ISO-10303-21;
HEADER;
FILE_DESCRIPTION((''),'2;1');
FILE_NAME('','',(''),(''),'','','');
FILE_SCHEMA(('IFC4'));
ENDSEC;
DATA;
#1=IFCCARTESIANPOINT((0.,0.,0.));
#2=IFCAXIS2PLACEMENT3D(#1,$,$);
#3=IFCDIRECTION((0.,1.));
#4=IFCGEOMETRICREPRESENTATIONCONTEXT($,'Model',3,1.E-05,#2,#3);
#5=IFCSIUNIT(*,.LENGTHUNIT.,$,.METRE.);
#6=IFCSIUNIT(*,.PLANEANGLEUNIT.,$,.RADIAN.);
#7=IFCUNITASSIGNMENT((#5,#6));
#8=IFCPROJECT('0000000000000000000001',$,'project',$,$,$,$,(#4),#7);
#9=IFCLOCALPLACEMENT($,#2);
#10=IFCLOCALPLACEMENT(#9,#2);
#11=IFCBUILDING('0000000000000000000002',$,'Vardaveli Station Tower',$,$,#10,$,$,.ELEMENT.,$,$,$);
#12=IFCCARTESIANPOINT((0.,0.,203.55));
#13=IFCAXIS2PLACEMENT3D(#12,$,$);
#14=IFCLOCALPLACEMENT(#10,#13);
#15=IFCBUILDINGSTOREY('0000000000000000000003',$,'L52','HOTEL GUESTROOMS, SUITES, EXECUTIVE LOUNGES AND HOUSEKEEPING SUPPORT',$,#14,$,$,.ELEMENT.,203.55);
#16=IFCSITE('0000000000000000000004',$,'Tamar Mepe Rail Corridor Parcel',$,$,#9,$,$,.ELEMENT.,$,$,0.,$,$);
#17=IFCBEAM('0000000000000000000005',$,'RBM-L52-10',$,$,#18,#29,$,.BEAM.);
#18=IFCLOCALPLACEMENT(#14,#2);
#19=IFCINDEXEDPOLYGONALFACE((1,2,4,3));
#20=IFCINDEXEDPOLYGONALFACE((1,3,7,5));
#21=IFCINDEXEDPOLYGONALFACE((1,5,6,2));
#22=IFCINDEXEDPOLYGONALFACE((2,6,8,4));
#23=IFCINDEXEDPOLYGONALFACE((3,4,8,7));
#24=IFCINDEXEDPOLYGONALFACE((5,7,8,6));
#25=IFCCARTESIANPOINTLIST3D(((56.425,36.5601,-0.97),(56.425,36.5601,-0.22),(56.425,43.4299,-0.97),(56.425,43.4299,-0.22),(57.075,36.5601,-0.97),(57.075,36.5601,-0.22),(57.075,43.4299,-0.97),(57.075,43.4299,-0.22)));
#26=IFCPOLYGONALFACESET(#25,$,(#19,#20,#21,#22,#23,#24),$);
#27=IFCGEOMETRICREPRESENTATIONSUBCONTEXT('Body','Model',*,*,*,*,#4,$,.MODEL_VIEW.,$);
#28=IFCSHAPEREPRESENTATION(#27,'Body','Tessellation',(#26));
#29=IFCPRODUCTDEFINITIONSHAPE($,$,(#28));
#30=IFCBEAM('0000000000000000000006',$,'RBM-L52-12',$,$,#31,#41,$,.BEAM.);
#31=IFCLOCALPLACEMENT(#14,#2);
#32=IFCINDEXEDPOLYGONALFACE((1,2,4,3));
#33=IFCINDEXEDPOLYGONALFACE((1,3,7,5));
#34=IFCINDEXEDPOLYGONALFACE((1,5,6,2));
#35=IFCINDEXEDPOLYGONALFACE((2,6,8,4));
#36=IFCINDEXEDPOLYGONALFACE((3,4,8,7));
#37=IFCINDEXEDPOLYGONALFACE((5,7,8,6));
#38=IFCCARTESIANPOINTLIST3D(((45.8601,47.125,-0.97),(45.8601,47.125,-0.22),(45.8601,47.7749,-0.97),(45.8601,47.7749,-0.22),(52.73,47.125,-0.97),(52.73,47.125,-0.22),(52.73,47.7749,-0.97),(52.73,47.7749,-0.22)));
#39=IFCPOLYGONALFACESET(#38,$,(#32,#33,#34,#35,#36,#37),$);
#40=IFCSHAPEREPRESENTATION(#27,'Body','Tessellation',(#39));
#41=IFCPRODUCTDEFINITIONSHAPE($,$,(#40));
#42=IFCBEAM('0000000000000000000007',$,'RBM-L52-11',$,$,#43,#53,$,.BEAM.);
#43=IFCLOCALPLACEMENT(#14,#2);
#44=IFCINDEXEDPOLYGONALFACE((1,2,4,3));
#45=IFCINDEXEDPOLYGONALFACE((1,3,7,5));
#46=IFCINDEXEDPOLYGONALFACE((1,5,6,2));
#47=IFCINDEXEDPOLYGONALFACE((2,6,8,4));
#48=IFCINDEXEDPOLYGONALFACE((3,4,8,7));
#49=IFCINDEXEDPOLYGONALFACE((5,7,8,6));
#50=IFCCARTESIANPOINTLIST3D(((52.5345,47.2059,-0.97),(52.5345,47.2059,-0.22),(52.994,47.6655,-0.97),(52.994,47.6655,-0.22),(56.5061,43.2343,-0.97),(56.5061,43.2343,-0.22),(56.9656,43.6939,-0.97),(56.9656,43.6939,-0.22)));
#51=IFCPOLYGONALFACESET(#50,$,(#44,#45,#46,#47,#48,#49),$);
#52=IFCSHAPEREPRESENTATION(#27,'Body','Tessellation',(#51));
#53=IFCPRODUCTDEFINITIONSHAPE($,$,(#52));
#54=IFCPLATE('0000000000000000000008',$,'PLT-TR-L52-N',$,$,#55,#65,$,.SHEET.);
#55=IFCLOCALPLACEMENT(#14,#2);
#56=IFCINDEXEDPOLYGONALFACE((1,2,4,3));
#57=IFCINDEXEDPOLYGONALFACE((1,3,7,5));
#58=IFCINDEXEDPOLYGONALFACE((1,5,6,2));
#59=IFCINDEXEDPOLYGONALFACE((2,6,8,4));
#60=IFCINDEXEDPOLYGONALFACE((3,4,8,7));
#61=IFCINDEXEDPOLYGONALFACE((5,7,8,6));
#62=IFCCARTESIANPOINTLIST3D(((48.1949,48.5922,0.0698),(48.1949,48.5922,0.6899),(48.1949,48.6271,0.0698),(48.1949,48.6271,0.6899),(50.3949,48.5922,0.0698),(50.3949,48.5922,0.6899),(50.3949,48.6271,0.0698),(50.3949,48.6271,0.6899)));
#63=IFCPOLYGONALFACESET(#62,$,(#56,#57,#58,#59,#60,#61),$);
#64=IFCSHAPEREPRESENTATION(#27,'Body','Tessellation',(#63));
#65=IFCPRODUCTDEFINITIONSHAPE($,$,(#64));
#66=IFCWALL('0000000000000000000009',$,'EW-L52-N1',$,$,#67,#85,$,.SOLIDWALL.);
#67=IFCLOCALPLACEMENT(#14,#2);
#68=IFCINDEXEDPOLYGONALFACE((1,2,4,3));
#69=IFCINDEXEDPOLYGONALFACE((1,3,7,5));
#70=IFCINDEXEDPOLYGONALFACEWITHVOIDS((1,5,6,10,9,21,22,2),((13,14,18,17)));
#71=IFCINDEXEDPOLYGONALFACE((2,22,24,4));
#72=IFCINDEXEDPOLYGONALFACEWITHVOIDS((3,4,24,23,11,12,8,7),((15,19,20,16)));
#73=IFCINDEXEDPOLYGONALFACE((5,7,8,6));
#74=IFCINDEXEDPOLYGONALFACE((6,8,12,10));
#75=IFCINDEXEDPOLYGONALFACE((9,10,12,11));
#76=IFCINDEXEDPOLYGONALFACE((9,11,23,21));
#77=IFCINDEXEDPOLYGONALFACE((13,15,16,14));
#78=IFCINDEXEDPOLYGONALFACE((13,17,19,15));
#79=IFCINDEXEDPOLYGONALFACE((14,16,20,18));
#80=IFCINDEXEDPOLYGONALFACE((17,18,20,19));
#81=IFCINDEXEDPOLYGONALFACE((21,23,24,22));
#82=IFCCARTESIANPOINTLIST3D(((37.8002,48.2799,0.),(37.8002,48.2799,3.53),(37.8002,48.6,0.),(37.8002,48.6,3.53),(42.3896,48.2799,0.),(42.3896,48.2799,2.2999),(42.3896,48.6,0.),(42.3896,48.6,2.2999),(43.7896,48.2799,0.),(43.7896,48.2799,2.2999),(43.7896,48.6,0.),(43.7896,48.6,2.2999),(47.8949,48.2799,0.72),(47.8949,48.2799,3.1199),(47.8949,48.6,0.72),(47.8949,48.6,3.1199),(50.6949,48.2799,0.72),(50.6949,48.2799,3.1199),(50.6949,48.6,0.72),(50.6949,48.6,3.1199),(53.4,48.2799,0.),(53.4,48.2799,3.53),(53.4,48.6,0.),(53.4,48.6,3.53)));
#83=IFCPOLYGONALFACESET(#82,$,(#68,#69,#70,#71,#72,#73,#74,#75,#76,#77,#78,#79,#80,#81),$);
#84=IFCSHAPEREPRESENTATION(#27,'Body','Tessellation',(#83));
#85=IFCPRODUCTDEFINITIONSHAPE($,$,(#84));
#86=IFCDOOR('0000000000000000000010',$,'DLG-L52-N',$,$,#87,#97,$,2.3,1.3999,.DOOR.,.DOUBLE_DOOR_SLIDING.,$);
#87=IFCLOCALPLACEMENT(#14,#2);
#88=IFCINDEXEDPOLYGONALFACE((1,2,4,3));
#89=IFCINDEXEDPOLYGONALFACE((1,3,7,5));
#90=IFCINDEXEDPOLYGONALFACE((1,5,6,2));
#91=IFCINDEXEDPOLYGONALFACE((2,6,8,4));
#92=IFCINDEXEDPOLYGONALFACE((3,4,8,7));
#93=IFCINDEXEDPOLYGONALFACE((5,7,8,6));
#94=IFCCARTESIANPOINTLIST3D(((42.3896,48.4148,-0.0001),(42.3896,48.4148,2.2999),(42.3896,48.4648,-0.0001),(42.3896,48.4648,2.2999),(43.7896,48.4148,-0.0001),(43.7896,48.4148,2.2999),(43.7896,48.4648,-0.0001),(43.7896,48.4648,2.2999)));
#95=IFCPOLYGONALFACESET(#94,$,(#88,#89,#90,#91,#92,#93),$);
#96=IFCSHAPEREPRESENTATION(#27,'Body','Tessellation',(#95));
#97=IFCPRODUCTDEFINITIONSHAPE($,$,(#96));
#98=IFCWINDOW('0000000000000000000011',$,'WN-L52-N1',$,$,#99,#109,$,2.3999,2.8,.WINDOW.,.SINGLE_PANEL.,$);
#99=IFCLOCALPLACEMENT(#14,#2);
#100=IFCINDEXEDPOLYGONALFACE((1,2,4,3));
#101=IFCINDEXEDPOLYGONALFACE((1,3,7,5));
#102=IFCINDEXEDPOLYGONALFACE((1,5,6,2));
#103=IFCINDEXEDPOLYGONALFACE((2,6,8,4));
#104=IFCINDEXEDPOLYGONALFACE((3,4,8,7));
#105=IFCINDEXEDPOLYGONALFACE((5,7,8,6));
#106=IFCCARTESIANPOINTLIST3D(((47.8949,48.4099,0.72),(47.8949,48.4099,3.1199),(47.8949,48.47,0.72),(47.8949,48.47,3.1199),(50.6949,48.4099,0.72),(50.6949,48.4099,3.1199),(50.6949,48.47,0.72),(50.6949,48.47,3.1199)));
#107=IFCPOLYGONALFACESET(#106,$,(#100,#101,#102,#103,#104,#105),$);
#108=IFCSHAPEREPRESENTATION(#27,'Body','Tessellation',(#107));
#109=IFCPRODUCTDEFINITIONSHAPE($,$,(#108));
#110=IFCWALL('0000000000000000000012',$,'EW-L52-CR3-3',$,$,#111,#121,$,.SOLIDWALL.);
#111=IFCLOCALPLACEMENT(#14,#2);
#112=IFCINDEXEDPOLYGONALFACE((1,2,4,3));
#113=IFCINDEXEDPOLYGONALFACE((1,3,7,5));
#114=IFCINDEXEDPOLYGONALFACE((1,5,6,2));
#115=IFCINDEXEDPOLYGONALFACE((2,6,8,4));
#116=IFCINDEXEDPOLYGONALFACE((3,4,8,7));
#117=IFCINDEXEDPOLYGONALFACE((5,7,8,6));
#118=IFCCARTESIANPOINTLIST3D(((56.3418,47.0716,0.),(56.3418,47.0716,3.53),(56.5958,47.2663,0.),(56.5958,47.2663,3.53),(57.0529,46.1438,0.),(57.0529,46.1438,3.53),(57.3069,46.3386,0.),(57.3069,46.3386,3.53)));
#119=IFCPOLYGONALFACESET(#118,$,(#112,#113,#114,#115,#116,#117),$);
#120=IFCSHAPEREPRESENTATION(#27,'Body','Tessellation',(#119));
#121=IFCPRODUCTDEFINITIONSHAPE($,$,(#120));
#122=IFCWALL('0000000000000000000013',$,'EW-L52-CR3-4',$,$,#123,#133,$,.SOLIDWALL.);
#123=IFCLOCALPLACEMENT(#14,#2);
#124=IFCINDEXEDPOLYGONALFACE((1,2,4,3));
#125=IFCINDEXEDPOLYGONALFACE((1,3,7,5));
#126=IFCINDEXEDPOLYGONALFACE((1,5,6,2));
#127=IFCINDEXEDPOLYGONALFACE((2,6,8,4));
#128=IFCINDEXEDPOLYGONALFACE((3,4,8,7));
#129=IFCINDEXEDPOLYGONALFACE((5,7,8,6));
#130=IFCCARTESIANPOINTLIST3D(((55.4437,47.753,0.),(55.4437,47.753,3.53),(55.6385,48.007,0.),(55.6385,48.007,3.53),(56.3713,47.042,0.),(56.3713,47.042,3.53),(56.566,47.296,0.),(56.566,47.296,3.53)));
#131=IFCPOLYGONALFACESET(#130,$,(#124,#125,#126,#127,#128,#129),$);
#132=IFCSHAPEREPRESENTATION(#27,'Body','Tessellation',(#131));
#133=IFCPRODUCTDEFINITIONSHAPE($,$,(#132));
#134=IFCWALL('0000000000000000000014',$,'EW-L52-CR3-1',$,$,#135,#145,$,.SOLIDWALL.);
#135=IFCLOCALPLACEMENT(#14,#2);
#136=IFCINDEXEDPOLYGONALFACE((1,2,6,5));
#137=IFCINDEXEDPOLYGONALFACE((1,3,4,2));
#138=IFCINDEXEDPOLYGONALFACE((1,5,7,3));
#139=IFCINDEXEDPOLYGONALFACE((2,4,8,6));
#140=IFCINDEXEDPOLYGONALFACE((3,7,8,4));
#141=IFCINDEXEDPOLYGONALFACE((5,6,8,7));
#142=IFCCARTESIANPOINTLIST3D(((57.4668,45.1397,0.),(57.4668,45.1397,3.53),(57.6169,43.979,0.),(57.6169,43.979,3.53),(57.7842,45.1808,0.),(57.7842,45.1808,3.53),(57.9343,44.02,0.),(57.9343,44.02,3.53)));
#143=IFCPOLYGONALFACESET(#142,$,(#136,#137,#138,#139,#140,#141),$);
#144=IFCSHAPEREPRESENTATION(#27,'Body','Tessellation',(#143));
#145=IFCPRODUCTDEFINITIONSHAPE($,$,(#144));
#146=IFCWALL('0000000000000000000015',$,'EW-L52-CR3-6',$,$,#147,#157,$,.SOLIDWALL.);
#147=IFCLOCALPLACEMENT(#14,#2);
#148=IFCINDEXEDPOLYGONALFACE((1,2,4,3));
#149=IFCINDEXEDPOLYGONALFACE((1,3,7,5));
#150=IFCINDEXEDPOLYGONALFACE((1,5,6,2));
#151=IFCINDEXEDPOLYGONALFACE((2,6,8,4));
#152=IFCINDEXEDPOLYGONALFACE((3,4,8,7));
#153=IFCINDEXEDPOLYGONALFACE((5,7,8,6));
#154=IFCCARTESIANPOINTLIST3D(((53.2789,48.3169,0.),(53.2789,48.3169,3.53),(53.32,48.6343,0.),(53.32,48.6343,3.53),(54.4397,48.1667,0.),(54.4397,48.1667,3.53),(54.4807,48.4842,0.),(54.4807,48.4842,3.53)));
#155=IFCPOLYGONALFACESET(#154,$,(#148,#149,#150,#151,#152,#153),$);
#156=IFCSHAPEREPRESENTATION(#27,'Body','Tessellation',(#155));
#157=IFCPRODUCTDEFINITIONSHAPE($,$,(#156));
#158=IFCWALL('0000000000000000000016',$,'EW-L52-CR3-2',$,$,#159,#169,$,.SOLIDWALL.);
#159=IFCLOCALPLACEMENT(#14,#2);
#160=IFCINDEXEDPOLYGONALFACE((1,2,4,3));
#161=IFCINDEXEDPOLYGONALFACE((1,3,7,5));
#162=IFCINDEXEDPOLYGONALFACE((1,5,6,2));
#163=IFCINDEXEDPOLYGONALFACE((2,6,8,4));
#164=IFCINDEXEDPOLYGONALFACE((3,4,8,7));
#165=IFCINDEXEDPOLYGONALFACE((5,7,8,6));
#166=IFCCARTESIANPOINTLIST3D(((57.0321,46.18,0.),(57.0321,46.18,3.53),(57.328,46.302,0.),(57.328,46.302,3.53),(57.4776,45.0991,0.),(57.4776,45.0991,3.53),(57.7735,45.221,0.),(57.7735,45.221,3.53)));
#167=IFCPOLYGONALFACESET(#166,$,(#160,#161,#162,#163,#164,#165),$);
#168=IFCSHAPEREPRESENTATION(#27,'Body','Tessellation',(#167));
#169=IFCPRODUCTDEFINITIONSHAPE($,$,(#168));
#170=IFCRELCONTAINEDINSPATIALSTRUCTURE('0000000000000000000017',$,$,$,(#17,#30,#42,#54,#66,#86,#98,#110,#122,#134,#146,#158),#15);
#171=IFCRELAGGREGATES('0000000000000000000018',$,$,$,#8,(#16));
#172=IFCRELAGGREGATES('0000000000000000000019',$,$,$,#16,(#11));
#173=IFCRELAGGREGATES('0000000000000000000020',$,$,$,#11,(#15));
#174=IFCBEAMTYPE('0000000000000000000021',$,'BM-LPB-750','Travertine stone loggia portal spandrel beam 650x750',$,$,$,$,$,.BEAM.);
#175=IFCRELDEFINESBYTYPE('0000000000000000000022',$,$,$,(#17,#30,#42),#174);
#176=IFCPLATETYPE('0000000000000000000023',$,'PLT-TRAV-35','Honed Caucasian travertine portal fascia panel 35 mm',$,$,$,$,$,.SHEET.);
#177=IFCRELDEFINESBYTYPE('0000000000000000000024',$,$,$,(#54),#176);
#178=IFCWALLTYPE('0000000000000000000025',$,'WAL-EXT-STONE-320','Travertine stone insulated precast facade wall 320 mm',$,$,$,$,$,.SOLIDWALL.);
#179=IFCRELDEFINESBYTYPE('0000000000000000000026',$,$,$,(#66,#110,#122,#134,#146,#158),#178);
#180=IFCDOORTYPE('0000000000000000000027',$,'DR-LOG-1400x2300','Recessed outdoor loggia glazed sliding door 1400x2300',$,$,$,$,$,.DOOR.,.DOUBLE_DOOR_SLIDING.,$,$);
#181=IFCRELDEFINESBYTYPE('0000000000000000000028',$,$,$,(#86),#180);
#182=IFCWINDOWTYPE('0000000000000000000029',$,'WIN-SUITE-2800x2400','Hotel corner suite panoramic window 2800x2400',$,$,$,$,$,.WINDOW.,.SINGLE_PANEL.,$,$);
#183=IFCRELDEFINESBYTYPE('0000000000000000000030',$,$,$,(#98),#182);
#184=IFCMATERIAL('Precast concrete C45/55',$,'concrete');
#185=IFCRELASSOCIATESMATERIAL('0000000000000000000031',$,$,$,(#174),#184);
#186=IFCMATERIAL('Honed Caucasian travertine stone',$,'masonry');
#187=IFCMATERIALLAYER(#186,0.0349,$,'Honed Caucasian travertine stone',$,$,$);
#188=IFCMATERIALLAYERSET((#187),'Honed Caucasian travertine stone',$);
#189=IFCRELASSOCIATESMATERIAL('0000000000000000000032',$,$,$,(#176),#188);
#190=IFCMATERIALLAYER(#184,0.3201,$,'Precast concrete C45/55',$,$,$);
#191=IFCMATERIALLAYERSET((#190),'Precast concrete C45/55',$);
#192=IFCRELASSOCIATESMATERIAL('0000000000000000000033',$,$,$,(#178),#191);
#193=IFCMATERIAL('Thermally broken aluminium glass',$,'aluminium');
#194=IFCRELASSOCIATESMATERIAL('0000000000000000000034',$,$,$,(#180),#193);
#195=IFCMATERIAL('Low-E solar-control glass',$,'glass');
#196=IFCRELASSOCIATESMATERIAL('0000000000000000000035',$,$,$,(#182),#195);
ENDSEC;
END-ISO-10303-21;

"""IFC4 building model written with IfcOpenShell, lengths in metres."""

from ifc_helpers import new_model, si_unit, direction, frame, frame_2d, origin, origin_2d, place, context, subcontext, project, spatial, rectangle, extrude, source, transform, mapped, material, layer, layer_set, material_profile, profile_set, type_object, element, fill, save


model = new_model("IFC4")

# Units and contexts
model_context = context("Model", 3, precision=1e-05, world=origin(), true_north=direction((0.0, 1.0)))
body_context = subcontext(model_context, "Body", "Model", "MODEL_VIEW")
ifc_project = project(units=[si_unit("LENGTHUNIT", "METRE"), si_unit("PLANEANGLEUNIT", "RADIAN")], contexts=[model_context])

# Site, building, storey
site_placement = place(None, origin())
site = spatial("IfcSite", under=ifc_project, at=site_placement, Name="Tamar Mepe Rail Corridor Parcel", CompositionType="ELEMENT", RefElevation=0.0)
building_placement = place(site_placement, origin())
building = spatial("IfcBuilding", under=site, at=building_placement, Name="Vardaveli Station Tower", CompositionType="ELEMENT")
storey_placement = place(building_placement, frame((0.0, 0.0, 203.55)))
storey = spatial("IfcBuildingStorey", under=building, at=storey_placement, Name="L52", Description="HOTEL GUESTROOMS, SUITES, EXECUTIVE LOUNGES AND HOUSEKEEPING SUPPORT", CompositionType="ELEMENT", Elevation=203.55)

# Beams
ifc_material_1 = material(Name="Precast concrete C45/55", Category="concrete")
ifc_material_profile_1 = material_profile(ifc_material_1, rectangle(XDim=0.6499, YDim=0.75, at=origin_2d()), Name="LPB 650x750")
ifc_profile_set_1 = profile_set([ifc_material_profile_1], Name="Precast concrete C45/55")
beam_type = type_object("IfcBeamType", Name="BM-LPB-750", Description="Travertine stone loggia portal spandrel beam 650x750", PredefinedType="BEAM", material=ifc_profile_set_1)
shared_shape_1 = source(origin(), body_context, "Body", "SweptSolid", [
    extrude(rectangle(XDim=0.6499, YDim=0.75, at=origin_2d()), origin(), (0.0, 0.0, 1.0), 6.8699),
])
for number, where, z_axis, x_axis, name in (
    (1, (56.75, 36.5601, -0.595), (0.0, 1.0, 0.0), (-1.0, 0.0, 0.0), "RBM-L52-10"),
    (2, (52.73, 47.45, -0.595), (-1.0, 0.0, 0.0), (0.0, -1.0, 0.0), "RBM-L52-12"),
):
    element("IfcBeam", number, at=place(storey_placement, frame(where, z_axis=z_axis, x_axis=x_axis)), inside=storey, type_object=beam_type, Name=name, PredefinedType="BEAM", context=body_context, shape_type="MappedRepresentation", body=[
        mapped(shared_shape_1, transform((0.0, 0.0, 0.0), scale=1.0)),
    ])
shared_shape_2 = source(origin(), body_context, "Body", "SweptSolid", [
    extrude(rectangle(XDim=0.6499, YDim=0.75, at=origin_2d()), origin(), (0.0, 0.0, 1.0), 5.6167),
])
beam_1_placement = place(storey_placement, frame((56.7358, 43.4641, -0.595), z_axis=(-0.707107, 0.707107, 0.0), x_axis=(-0.707107, -0.707107, 0.0)))
element("IfcBeam", 3, at=beam_1_placement, inside=storey, type_object=beam_type, Name="RBM-L52-11", PredefinedType="BEAM", context=body_context, shape_type="MappedRepresentation", body=[
    mapped(shared_shape_2, transform((0.0, 0.0, 0.0), scale=1.0)),
])

# Plate
ifc_material_2 = material(Name="Honed Caucasian travertine stone", Category="masonry")
ifc_layer_1 = layer(ifc_material_2, 0.0349, Name="Honed Caucasian travertine stone")
ifc_layer_set_1 = layer_set([ifc_layer_1], Name="Honed Caucasian travertine stone")
plate_type = type_object("IfcPlateType", Name="PLT-TRAV-35", Description="Honed Caucasian travertine portal fascia panel 35 mm", PredefinedType="SHEET", material=ifc_layer_set_1)
shared_shape_3 = source(origin(), body_context, "Body", "SweptSolid", [
    extrude(rectangle(XDim=2.2, YDim=0.0349, at=origin_2d()), origin(), (0.0, 0.0, 1.0), 0.6201),
])
plate_placement = place(storey_placement, frame((49.2949, 48.6096, 0.0698), z_axis=(0.0, 0.0, 1.0), x_axis=(1.0, 0.0, 0.0)))
element("IfcPlate", 4, at=plate_placement, inside=storey, type_object=plate_type, Name="PLT-TR-L52-N", PredefinedType="SHEET", context=body_context, shape_type="MappedRepresentation", body=[
    mapped(shared_shape_3, transform((0.0, 0.0, 0.0), scale=1.0)),
])

# Wall, openings, door, window
ifc_layer_2 = layer(ifc_material_1, 0.3201, Name="Precast concrete C45/55")
ifc_layer_set_2 = layer_set([ifc_layer_2], Name="Precast concrete C45/55")
wall_type_1 = type_object("IfcWallType", Name="WAL-EXT-STONE-320", Description="Travertine stone insulated precast facade wall 320 mm", PredefinedType="SOLIDWALL", material=ifc_layer_set_2)
shared_shape_4 = source(origin(), body_context, "Body", "SweptSolid", [
    extrude(rectangle(XDim=15.5999, YDim=0.3201, at=frame_2d((7.7998, 0.0))), origin(), (0.0, 0.0, 1.0), 3.53),
])
wall_1_placement = place(storey_placement, frame((53.3999, 48.4399, 0.0), z_axis=(0.0, 0.0, 1.0), x_axis=(-1.0, 0.0, 0.0)))
wall_1 = element("IfcWall", 5, at=wall_1_placement, inside=storey, type_object=wall_type_1, Name="EW-L52-N1", PredefinedType="SOLIDWALL", context=body_context, shape_type="MappedRepresentation", body=[
    mapped(shared_shape_4, transform((0.0, 0.0, 0.0), scale=1.0)),
])
shared_shape_5 = source(origin(), body_context, "Body", "SweptSolid", [
    extrude(rectangle(XDim=1.3999, YDim=2.3, at=frame_2d((0.7, 1.1499))), frame((0.0, 0.1699, 0.0), z_axis=(0.0, -1.0, 0.0), x_axis=(1.0, 0.0, 0.0)), (0.0, 0.0, 1.0), 0.3401),
])
opening_1_placement = place(wall_1_placement, frame((9.6104, 0.0, 0.0)))
opening_1 = element("IfcOpeningElement", 6, at=opening_1_placement, cuts=wall_1, PredefinedType="OPENING", context=body_context, shape_type="MappedRepresentation", body=[
    mapped(shared_shape_5, transform((0.0, 0.0, 0.0), scale=1.0)),
])
shared_shape_6 = source(origin(), body_context, "Body", "SweptSolid", [
    extrude(rectangle(XDim=2.8, YDim=2.3999, at=frame_2d((1.3999, 1.2))), frame((0.0, 0.1699, 0.0), z_axis=(0.0, -1.0, 0.0), x_axis=(1.0, 0.0, 0.0)), (0.0, 0.0, 1.0), 0.3401),
])
opening_2_placement = place(wall_1_placement, frame((2.7051, 0.0, 0.72)))
opening_2 = element("IfcOpeningElement", 7, at=opening_2_placement, cuts=wall_1, PredefinedType="OPENING", context=body_context, shape_type="MappedRepresentation", body=[
    mapped(shared_shape_6, transform((0.0, 0.0, 0.0), scale=1.0)),
])
ifc_material_3 = material(Name="Thermally broken aluminium glass", Category="aluminium")
door_type = type_object("IfcDoorType", Name="DR-LOG-1400x2300", Description="Recessed outdoor loggia glazed sliding door 1400x2300", OperationType="DOUBLE_DOOR_SLIDING", PredefinedType="DOOR", material=ifc_material_3)
shared_shape_7 = source(origin(), body_context, "Body", "SweptSolid", [
    extrude(rectangle(XDim=1.3999, YDim=2.3, at=frame_2d((0.7, 1.1499))), frame((0.0, 0.0249, 0.0), z_axis=(0.0, -1.0, 0.0), x_axis=(1.0, 0.0, 0.0)), (0.0, 0.0, 1.0), 0.05),
])
door_placement = place(opening_1_placement, frame((1.3999, 0.0, 0.0), z_axis=(0.0, 0.0, 1.0), x_axis=(-1.0, 0.0, 0.0)))
door = element("IfcDoor", 8, at=door_placement, inside=storey, type_object=door_type, Name="DLG-L52-N", OperationType="DOUBLE_DOOR_SLIDING", OverallHeight=2.3, OverallWidth=1.3999, PredefinedType="DOOR", context=body_context, shape_type="MappedRepresentation", body=[
    mapped(shared_shape_7, transform((0.0, 0.0, 0.0), scale=1.0)),
])
fill(opening_1, door)
ifc_material_4 = material(Name="Low-E solar-control glass", Category="glass")
window_type = type_object("IfcWindowType", Name="WIN-SUITE-2800x2400", Description="Hotel corner suite panoramic window 2800x2400", PartitioningType="SINGLE_PANEL", PredefinedType="WINDOW", material=ifc_material_4)
shared_shape_8 = source(origin(), body_context, "Body", "SweptSolid", [
    extrude(rectangle(XDim=2.8, YDim=2.3999, at=frame_2d((1.3999, 1.2))), frame((0.0, 0.03, 0.0), z_axis=(0.0, -1.0, 0.0), x_axis=(1.0, 0.0, 0.0)), (0.0, 0.0, 1.0), 0.0601),
])
window_placement = place(opening_2_placement, origin())
window = element("IfcWindow", 9, at=window_placement, inside=storey, type_object=window_type, Name="WN-L52-N1", OverallHeight=2.3999, OverallWidth=2.8, PartitioningType="SINGLE_PANEL", PredefinedType="WINDOW", context=body_context, shape_type="MappedRepresentation", body=[
    mapped(shared_shape_8, transform((0.0, 0.0, 0.0), scale=1.0)),
])
fill(opening_2, window)

# Walls
shared_shape_9 = source(origin(), body_context, "Body", "SweptSolid", [
    extrude(rectangle(XDim=1.1689, YDim=0.3201, at=frame_2d((0.5845, 0.0))), origin(), (0.0, 0.0, 1.0), 3.53),
])
wall_2_placement = place(storey_placement, frame((57.1799, 46.2412, 0.0), z_axis=(0.0, 0.0, 1.0), x_axis=(-0.608388, 0.79364, 0.0)))
element("IfcWall", 10, at=wall_2_placement, inside=storey, type_object=wall_type_1, Name="EW-L52-CR3-3", PredefinedType="SOLIDWALL", context=body_context, shape_type="MappedRepresentation", body=[
    mapped(shared_shape_9, transform((0.0, 0.0, 0.0), scale=1.0)),
])
shared_shape_10 = source(origin(), body_context, "Body", "SweptSolid", [
    extrude(rectangle(XDim=1.1687, YDim=0.3201, at=frame_2d((0.5845, 0.0))), origin(), (0.0, 0.0, 1.0), 3.53),
])
wall_3_placement = place(storey_placement, frame((56.4688, 47.1689, 0.0), z_axis=(0.0, 0.0, 1.0), x_axis=(-0.793664, 0.608357, 0.0)))
element("IfcWall", 11, at=wall_3_placement, inside=storey, type_object=wall_type_1, Name="EW-L52-CR3-4", PredefinedType="SOLIDWALL", context=body_context, shape_type="MappedRepresentation", body=[
    mapped(shared_shape_10, transform((0.0, 0.0, 0.0), scale=1.0)),
])
shared_shape_11 = source(origin(), body_context, "Body", "SweptSolid", [
    extrude(rectangle(XDim=1.1704, YDim=0.3201, at=frame_2d((0.5852, 0.0))), origin(), (0.0, 0.0, 1.0), 3.53),
])
for number, where, z_axis, x_axis, name in (
    (12, (57.7756, 43.9995, 0.0), (0.0, 0.0, 1.0), (-0.128296, 0.991736, 0.0), "EW-L52-CR3-1"),
    (13, (54.4602, 48.3254, 0.0), (0.0, 0.0, 1.0), (-0.991736, 0.128296, 0.0), "EW-L52-CR3-6"),
):
    element("IfcWall", number, at=place(storey_placement, frame(where, z_axis=z_axis, x_axis=x_axis)), inside=storey, type_object=wall_type_1, Name=name, PredefinedType="SOLIDWALL", context=body_context, shape_type="MappedRepresentation", body=[
        mapped(shared_shape_11, transform((0.0, 0.0, 0.0), scale=1.0)),
    ])
shared_shape_12 = source(origin(), body_context, "Body", "SweptSolid", [
    extrude(rectangle(XDim=1.1692, YDim=0.3201, at=frame_2d((0.5845, 0.0))), origin(), (0.0, 0.0, 1.0), 3.53),
])
for number, where, z_axis, x_axis, name in (
    (14, (57.6255, 45.1602, 0.0), (0.0, 0.0, 1.0), (-0.381054, 0.924553, 0.0), "EW-L52-CR3-2"),
):
    element("IfcWall", number, at=place(storey_placement, frame(where, z_axis=z_axis, x_axis=x_axis)), inside=storey, type_object=wall_type_1, Name=name, PredefinedType="SOLIDWALL", context=body_context, shape_type="MappedRepresentation", body=[
        mapped(shared_shape_12, transform((0.0, 0.0, 0.0), scale=1.0)),
    ])

save(model, "model.ifc")
